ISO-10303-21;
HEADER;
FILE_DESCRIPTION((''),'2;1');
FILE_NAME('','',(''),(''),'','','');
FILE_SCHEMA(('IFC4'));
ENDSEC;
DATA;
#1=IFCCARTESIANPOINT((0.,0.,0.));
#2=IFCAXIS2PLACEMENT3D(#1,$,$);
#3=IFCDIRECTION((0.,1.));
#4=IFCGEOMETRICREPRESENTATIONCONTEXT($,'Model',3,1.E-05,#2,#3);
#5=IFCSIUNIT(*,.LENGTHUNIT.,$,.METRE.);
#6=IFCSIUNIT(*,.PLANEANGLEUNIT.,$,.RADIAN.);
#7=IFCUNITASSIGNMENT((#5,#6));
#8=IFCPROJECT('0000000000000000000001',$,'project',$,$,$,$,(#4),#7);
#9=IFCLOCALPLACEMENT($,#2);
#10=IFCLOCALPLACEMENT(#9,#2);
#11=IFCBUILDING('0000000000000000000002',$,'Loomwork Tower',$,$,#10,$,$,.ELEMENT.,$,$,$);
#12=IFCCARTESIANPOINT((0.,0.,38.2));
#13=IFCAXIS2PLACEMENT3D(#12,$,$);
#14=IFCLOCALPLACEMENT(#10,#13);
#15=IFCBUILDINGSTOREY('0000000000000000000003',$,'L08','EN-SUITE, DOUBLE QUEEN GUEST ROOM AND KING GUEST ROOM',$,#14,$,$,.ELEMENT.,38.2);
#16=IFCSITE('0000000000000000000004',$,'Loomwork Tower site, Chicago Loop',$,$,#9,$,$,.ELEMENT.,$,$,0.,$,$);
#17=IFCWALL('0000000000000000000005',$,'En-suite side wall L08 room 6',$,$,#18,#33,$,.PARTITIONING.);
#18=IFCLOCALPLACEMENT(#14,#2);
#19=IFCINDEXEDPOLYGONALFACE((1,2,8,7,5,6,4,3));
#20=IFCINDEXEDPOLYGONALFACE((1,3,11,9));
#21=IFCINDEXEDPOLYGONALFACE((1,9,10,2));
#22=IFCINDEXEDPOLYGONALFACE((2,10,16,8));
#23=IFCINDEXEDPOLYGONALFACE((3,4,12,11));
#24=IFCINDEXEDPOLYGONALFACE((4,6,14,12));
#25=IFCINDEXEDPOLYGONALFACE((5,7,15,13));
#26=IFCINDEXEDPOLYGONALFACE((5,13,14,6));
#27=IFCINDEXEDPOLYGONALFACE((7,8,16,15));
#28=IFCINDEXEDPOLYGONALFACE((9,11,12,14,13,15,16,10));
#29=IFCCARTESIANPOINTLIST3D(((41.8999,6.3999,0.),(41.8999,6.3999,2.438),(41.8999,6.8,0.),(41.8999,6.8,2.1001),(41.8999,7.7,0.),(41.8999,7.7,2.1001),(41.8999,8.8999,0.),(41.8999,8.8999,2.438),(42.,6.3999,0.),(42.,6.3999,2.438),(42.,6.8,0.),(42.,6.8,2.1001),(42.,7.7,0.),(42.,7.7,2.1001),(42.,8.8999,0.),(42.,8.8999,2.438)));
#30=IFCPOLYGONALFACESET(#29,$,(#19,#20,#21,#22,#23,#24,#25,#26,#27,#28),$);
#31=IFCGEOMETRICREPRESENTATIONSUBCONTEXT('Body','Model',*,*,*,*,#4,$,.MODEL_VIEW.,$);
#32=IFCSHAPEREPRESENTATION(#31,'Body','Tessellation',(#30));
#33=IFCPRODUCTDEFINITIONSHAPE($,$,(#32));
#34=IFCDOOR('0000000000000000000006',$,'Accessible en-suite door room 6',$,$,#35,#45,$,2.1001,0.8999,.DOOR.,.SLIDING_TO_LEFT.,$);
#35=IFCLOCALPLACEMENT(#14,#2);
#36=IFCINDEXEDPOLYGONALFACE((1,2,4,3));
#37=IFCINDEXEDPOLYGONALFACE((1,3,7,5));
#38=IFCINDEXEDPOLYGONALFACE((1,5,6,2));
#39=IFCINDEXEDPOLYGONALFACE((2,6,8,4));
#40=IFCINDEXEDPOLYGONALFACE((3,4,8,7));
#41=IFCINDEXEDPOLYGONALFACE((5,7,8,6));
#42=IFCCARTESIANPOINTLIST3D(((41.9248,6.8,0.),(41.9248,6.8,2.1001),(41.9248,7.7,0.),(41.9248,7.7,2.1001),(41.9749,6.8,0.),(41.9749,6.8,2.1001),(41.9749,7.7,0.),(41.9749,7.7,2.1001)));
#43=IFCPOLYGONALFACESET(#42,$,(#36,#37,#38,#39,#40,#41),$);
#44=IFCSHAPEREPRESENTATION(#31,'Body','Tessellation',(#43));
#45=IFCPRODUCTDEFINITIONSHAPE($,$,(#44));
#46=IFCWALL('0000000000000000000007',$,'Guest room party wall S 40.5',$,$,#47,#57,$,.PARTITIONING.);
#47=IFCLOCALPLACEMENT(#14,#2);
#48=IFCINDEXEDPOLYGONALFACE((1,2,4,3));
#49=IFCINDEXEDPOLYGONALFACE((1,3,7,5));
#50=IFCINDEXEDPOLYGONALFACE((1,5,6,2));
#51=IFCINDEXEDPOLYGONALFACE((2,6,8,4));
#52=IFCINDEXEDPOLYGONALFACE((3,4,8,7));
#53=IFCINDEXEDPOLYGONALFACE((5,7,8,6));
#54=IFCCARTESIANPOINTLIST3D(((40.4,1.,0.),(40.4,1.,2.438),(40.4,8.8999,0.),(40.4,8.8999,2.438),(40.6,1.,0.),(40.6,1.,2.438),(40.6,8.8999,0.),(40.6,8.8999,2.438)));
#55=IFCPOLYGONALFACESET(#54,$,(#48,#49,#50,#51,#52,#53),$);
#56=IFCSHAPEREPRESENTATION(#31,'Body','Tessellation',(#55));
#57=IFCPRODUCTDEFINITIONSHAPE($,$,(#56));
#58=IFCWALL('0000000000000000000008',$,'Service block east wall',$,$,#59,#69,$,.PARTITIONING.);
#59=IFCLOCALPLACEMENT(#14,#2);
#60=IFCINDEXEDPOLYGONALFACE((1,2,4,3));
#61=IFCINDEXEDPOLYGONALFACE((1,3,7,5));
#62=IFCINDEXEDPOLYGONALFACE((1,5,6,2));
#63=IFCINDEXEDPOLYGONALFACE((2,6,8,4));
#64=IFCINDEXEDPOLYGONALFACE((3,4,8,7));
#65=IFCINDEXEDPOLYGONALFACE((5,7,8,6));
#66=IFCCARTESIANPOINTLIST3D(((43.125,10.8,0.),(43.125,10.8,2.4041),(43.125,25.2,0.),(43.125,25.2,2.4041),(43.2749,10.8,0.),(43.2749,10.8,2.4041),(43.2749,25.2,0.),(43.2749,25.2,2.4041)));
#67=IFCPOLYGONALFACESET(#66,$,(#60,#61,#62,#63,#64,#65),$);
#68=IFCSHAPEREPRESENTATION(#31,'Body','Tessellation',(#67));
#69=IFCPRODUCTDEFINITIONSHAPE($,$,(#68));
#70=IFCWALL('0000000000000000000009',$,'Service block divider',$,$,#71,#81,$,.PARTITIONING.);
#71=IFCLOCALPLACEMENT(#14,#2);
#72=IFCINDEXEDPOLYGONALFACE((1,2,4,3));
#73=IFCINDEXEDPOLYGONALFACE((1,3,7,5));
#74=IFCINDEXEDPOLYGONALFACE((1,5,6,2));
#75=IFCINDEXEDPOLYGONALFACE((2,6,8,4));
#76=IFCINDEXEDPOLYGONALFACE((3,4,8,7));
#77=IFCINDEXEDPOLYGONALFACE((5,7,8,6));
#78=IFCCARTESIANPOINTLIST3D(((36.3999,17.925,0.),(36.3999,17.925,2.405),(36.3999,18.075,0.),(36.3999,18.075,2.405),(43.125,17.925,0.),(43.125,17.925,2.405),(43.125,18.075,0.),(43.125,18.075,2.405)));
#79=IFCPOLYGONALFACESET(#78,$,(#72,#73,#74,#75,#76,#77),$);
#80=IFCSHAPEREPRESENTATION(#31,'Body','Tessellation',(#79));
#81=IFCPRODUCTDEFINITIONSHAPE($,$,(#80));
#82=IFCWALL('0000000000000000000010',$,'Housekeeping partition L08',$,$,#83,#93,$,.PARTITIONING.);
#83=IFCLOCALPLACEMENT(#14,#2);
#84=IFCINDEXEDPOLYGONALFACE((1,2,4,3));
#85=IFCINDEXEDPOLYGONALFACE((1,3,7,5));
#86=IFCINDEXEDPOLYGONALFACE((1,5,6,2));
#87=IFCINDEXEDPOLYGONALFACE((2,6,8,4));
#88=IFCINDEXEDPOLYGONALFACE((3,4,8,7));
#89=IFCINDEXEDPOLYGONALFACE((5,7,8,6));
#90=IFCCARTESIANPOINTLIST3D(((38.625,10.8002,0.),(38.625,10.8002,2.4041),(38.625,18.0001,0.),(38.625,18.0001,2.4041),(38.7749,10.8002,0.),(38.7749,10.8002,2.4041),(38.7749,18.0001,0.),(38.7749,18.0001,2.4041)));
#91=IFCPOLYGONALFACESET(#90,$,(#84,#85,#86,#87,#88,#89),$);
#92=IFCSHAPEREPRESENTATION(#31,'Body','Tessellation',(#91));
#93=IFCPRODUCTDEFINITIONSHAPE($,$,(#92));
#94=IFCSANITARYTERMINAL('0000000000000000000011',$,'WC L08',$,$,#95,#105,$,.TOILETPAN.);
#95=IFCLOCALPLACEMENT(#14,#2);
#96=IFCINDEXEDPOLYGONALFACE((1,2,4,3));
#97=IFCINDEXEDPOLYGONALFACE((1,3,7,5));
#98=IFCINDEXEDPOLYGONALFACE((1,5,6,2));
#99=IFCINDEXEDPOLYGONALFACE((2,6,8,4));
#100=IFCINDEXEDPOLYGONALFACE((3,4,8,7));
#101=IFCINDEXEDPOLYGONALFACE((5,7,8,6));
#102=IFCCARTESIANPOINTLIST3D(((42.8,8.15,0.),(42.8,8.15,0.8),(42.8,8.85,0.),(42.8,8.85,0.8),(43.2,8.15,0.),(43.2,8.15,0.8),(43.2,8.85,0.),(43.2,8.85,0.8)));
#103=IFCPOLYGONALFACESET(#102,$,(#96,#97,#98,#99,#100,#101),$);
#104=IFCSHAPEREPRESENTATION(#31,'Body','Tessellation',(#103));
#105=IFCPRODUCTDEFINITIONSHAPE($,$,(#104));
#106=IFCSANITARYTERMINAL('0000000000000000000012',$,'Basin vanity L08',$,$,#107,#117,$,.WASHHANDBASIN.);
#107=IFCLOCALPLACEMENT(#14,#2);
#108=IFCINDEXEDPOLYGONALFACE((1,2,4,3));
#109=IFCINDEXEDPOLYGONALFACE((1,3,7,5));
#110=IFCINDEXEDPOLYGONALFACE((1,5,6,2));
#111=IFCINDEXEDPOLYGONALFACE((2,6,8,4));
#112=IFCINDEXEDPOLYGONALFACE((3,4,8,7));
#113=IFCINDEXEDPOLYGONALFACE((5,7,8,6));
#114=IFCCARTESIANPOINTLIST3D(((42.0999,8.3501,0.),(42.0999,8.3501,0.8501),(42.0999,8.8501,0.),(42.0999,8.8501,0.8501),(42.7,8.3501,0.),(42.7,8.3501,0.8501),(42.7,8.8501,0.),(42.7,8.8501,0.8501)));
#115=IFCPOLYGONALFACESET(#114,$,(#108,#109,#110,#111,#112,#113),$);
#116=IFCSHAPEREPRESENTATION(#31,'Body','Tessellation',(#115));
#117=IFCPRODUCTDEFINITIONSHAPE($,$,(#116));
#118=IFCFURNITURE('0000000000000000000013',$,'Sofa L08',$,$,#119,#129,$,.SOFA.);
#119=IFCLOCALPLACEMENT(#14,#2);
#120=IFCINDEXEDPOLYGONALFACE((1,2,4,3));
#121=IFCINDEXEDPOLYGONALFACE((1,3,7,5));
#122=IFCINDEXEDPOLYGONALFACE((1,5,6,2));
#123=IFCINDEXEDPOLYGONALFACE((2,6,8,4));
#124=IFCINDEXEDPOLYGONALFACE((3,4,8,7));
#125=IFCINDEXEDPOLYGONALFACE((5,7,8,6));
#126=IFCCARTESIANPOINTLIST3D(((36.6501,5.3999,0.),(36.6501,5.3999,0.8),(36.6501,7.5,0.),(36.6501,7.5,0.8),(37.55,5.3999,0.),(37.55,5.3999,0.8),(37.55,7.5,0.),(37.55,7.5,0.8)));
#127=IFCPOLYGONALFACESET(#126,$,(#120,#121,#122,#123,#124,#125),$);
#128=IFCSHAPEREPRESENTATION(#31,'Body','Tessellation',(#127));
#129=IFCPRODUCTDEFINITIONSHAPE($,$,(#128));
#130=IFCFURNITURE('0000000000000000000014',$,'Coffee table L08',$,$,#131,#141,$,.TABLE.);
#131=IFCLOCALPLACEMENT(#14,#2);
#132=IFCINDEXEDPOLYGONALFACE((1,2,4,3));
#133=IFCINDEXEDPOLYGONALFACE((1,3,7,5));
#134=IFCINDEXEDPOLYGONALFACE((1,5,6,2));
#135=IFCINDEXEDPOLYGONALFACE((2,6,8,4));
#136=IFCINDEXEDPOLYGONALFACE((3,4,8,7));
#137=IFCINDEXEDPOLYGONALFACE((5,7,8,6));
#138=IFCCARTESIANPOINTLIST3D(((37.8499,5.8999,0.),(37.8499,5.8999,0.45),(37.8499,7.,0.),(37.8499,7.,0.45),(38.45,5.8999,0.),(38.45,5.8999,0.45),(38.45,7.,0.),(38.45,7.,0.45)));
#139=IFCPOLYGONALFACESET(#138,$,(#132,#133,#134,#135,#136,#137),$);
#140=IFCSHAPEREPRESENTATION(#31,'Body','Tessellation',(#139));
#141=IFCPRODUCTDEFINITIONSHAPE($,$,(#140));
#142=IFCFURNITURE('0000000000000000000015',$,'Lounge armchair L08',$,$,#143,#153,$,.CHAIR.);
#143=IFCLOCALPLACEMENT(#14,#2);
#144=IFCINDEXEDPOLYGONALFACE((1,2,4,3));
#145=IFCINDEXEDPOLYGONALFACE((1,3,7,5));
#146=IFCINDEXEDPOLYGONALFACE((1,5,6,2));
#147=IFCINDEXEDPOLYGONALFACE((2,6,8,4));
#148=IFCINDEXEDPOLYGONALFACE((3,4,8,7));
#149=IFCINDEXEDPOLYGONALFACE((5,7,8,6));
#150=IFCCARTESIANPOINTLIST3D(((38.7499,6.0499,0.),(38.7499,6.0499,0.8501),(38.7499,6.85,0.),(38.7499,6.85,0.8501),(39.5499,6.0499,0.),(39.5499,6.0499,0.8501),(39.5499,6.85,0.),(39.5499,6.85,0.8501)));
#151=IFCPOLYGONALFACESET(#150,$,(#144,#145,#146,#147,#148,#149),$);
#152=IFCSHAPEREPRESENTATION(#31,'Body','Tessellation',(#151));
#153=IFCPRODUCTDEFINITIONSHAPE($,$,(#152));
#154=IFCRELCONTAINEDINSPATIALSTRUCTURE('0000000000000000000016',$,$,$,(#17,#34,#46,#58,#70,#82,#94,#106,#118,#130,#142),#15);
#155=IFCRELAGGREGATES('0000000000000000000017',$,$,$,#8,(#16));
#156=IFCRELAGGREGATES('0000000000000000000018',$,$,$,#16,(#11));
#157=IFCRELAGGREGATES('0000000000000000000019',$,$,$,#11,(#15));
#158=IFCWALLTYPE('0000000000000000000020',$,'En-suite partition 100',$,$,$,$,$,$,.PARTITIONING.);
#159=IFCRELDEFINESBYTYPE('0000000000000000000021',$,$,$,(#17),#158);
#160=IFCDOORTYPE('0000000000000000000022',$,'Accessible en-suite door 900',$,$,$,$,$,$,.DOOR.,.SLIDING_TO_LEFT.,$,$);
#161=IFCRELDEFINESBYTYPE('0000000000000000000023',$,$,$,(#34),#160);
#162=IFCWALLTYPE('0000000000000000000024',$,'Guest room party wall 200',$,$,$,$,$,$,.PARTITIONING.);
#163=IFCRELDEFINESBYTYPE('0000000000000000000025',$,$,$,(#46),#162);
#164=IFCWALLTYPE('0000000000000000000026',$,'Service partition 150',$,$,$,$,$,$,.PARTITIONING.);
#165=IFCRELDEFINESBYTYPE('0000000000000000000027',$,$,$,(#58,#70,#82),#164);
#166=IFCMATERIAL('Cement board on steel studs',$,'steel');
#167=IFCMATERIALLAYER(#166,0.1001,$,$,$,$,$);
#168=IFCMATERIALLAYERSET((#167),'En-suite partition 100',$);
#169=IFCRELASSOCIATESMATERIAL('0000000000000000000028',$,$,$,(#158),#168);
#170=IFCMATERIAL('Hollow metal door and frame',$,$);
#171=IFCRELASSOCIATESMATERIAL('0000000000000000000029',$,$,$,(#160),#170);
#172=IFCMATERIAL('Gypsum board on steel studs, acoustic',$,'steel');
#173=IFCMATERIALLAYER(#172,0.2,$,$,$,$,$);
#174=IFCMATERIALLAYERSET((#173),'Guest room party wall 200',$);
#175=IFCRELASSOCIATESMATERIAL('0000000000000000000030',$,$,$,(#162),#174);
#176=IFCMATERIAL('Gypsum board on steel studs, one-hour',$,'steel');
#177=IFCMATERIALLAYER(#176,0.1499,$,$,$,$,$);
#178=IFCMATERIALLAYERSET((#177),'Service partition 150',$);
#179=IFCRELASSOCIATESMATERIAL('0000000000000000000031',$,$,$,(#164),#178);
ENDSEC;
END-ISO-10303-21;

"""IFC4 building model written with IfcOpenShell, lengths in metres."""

from ifc_helpers import new_model, si_unit, direction, frame, frame_2d, origin, origin_2d, place, context, subcontext, project, spatial, rectangle, extrude, material, layer, layer_set, type_object, element, fill, save


model = new_model("IFC4")

# Units and contexts
model_context = context("Model", 3, precision=1e-05, world=origin(), true_north=direction((0.0, 1.0)))
body_context = subcontext(model_context, "Body", "Model", "MODEL_VIEW")
ifc_project = project(units=[si_unit("LENGTHUNIT", "METRE"), si_unit("PLANEANGLEUNIT", "RADIAN")], contexts=[model_context])

# Site, building, storey
site_placement = place(None, origin())
site = spatial("IfcSite", under=ifc_project, at=site_placement, Name="Loomwork Tower site, Chicago Loop", CompositionType="ELEMENT", RefElevation=0.0)
building_placement = place(site_placement, origin())
building = spatial("IfcBuilding", under=site, at=building_placement, Name="Loomwork Tower", CompositionType="ELEMENT")
storey_placement = place(building_placement, frame((0.0, 0.0, 38.2)))
storey = spatial("IfcBuildingStorey", under=building, at=storey_placement, Name="L08", Description="EN-SUITE, DOUBLE QUEEN GUEST ROOM AND KING GUEST ROOM", CompositionType="ELEMENT", Elevation=38.2)

# Shared definitions
ifc_material_1 = material(Name="Cement board on steel studs", Category="steel")
ifc_layer_1 = layer(ifc_material_1, 0.1001)
ifc_layer_set_1 = layer_set([ifc_layer_1], Name="En-suite partition 100")
wall_type_1 = type_object("IfcWallType", Name="En-suite partition 100", PredefinedType="PARTITIONING", material=ifc_layer_set_1)

# Wall, opening, door
wall_1_placement = place(storey_placement, frame((41.95, 8.8999, 0.0), z_axis=(0.0, 0.0, 1.0), x_axis=(0.0, -1.0, 0.0)))
wall_1 = element("IfcWall", 1, at=wall_1_placement, inside=storey, type_object=wall_type_1, Name="En-suite side wall L08 room 6", PredefinedType="PARTITIONING", context=body_context, shape_type="SweptSolid", body=[
    extrude(rectangle(XDim=2.5, YDim=0.1001, at=frame_2d((1.25, 0.0))), origin(), (0.0, 0.0, 1.0), 2.438),
])
opening_1_placement = place(wall_1_placement, frame((1.2, 0.0, 0.0)))
opening_1 = element("IfcOpeningElement", 2, at=opening_1_placement, cuts=wall_1, PredefinedType="OPENING", context=body_context, shape_type="SweptSolid", body=[
    extrude(rectangle(XDim=0.8999, YDim=2.1001, at=frame_2d((0.45, 1.05))), frame((0.0, 0.0601, 0.0), z_axis=(0.0, -1.0, 0.0), x_axis=(1.0, 0.0, 0.0)), (0.0, 0.0, 1.0), 0.1201),
])
ifc_material_2 = material(Name="Hollow metal door and frame")
door_type_1 = type_object("IfcDoorType", Name="Accessible en-suite door 900", OperationType="SLIDING_TO_LEFT", PredefinedType="DOOR", material=ifc_material_2)
door_1_placement = place(opening_1_placement, origin())
door_1 = element("IfcDoor", 3, at=door_1_placement, inside=storey, type_object=door_type_1, Name="Accessible en-suite door room 6", OperationType="SLIDING_TO_LEFT", OverallHeight=2.1001, OverallWidth=0.8999, PredefinedType="DOOR", context=body_context, shape_type="SweptSolid", body=[
    extrude(rectangle(XDim=0.8999, YDim=2.1001, at=frame_2d((0.45, 1.05))), frame((0.0, 0.0249, 0.0), z_axis=(0.0, -1.0, 0.0), x_axis=(1.0, 0.0, 0.0)), (0.0, 0.0, 1.0), 0.05),
])
fill(opening_1, door_1)

# Walls
ifc_material_3 = material(Name="Gypsum board on steel studs, acoustic", Category="steel")
ifc_layer_2 = layer(ifc_material_3, 0.2)
ifc_layer_set_2 = layer_set([ifc_layer_2], Name="Guest room party wall 200")
wall_type_2 = type_object("IfcWallType", Name="Guest room party wall 200", PredefinedType="PARTITIONING", material=ifc_layer_set_2)
wall_2_placement = place(storey_placement, frame((40.5, 8.8999, 0.0), z_axis=(0.0, 0.0, 1.0), x_axis=(0.0, -1.0, 0.0)))
element("IfcWall", 4, at=wall_2_placement, inside=storey, type_object=wall_type_2, Name="Guest room party wall S 40.5", PredefinedType="PARTITIONING", context=body_context, shape_type="SweptSolid", body=[
    extrude(rectangle(XDim=7.8999, YDim=0.2, at=frame_2d((3.95, 0.0))), origin(), (0.0, 0.0, 1.0), 2.438),
])
ifc_material_4 = material(Name="Gypsum board on steel studs, one-hour", Category="steel")
ifc_layer_3 = layer(ifc_material_4, 0.1499)
ifc_layer_set_3 = layer_set([ifc_layer_3], Name="Service partition 150")
wall_type_3 = type_object("IfcWallType", Name="Service partition 150", PredefinedType="PARTITIONING", material=ifc_layer_set_3)
wall_3_placement = place(storey_placement, frame((43.2, 10.8, 0.0), z_axis=(0.0, 0.0, 1.0), x_axis=(0.0, 1.0, 0.0)))
element("IfcWall", 5, at=wall_3_placement, inside=storey, type_object=wall_type_3, Name="Service block east wall", PredefinedType="PARTITIONING", context=body_context, shape_type="SweptSolid", body=[
    extrude(rectangle(XDim=14.3999, YDim=0.1499, at=frame_2d((7.2, 0.0))), origin(), (0.0, 0.0, 1.0), 2.4041),
])
wall_4_placement = place(storey_placement, frame((36.3999, 18.0, 0.0), z_axis=(0.0, 0.0, 1.0), x_axis=(1.0, 0.0, 0.0)))
element("IfcWall", 6, at=wall_4_placement, inside=storey, type_object=wall_type_3, Name="Service block divider", PredefinedType="PARTITIONING", context=body_context, shape_type="SweptSolid", body=[
    extrude(rectangle(XDim=6.7251, YDim=0.1499, at=frame_2d((3.3625, 0.0))), origin(), (0.0, 0.0, 1.0), 2.405),
])
wall_5_placement = place(storey_placement, frame((38.7, 10.8, 0.0), z_axis=(0.0, 0.0, 1.0), x_axis=(0.0, 1.0, 0.0)))
element("IfcWall", 7, at=wall_5_placement, inside=storey, type_object=wall_type_3, Name="Housekeeping partition L08", PredefinedType="PARTITIONING", context=body_context, shape_type="SweptSolid", body=[
    extrude(rectangle(XDim=7.2, YDim=0.1499, at=frame_2d((3.6001, 0.0))), origin(), (0.0, 0.0, 1.0), 2.4041),
])

# Sanitary terminals
sanitary_terminal_1_placement = place(storey_placement, frame((43.0, 8.5, 0.0), z_axis=(0.0, 0.0, 1.0), x_axis=(1.0, 0.0, 0.0)))
element("IfcSanitaryTerminal", 8, at=sanitary_terminal_1_placement, inside=storey, Name="WC L08", PredefinedType="TOILETPAN", context=body_context, shape_type="SweptSolid", body=[
    extrude(rectangle(XDim=0.3999, YDim=0.7, at=origin_2d()), origin(), (0.0, 0.0, 1.0), 0.8),
])
sanitary_terminal_2_placement = place(storey_placement, frame((42.3999, 8.6001, 0.0), z_axis=(0.0, 0.0, 1.0), x_axis=(1.0, 0.0, 0.0)))
element("IfcSanitaryTerminal", 9, at=sanitary_terminal_2_placement, inside=storey, Name="Basin vanity L08", PredefinedType="WASHHANDBASIN", context=body_context, shape_type="SweptSolid", body=[
    extrude(rectangle(XDim=0.6001, YDim=0.5, at=origin_2d()), origin(), (0.0, 0.0, 1.0), 0.8501),
])

# Furniture
furniture_1_placement = place(storey_placement, frame((37.1001, 6.45, 0.0), z_axis=(0.0, 0.0, 1.0), x_axis=(1.0, 0.0, 0.0)))
element("IfcFurniture", 10, at=furniture_1_placement, inside=storey, Name="Sofa L08", PredefinedType="SOFA", context=body_context, shape_type="SweptSolid", body=[
    extrude(rectangle(XDim=0.8999, YDim=2.1001, at=origin_2d()), origin(), (0.0, 0.0, 1.0), 0.8),
])
furniture_2_placement = place(storey_placement, frame((38.1499, 6.45, 0.0), z_axis=(0.0, 0.0, 1.0), x_axis=(1.0, 0.0, 0.0)))
element("IfcFurniture", 11, at=furniture_2_placement, inside=storey, Name="Coffee table L08", PredefinedType="TABLE", context=body_context, shape_type="SweptSolid", body=[
    extrude(rectangle(XDim=0.6001, YDim=1.1001, at=origin_2d()), origin(), (0.0, 0.0, 1.0), 0.45),
])
furniture_3_placement = place(storey_placement, frame((39.1499, 6.45, 0.0), z_axis=(0.0, 0.0, 1.0), x_axis=(1.0, 0.0, 0.0)))
element("IfcFurniture", 12, at=furniture_3_placement, inside=storey, Name="Lounge armchair L08", PredefinedType="CHAIR", context=body_context, shape_type="SweptSolid", body=[
    extrude(rectangle(XDim=0.8, YDim=0.8, at=origin_2d()), origin(), (0.0, 0.0, 1.0), 0.8501),
])

save(model, "model.ifc")
